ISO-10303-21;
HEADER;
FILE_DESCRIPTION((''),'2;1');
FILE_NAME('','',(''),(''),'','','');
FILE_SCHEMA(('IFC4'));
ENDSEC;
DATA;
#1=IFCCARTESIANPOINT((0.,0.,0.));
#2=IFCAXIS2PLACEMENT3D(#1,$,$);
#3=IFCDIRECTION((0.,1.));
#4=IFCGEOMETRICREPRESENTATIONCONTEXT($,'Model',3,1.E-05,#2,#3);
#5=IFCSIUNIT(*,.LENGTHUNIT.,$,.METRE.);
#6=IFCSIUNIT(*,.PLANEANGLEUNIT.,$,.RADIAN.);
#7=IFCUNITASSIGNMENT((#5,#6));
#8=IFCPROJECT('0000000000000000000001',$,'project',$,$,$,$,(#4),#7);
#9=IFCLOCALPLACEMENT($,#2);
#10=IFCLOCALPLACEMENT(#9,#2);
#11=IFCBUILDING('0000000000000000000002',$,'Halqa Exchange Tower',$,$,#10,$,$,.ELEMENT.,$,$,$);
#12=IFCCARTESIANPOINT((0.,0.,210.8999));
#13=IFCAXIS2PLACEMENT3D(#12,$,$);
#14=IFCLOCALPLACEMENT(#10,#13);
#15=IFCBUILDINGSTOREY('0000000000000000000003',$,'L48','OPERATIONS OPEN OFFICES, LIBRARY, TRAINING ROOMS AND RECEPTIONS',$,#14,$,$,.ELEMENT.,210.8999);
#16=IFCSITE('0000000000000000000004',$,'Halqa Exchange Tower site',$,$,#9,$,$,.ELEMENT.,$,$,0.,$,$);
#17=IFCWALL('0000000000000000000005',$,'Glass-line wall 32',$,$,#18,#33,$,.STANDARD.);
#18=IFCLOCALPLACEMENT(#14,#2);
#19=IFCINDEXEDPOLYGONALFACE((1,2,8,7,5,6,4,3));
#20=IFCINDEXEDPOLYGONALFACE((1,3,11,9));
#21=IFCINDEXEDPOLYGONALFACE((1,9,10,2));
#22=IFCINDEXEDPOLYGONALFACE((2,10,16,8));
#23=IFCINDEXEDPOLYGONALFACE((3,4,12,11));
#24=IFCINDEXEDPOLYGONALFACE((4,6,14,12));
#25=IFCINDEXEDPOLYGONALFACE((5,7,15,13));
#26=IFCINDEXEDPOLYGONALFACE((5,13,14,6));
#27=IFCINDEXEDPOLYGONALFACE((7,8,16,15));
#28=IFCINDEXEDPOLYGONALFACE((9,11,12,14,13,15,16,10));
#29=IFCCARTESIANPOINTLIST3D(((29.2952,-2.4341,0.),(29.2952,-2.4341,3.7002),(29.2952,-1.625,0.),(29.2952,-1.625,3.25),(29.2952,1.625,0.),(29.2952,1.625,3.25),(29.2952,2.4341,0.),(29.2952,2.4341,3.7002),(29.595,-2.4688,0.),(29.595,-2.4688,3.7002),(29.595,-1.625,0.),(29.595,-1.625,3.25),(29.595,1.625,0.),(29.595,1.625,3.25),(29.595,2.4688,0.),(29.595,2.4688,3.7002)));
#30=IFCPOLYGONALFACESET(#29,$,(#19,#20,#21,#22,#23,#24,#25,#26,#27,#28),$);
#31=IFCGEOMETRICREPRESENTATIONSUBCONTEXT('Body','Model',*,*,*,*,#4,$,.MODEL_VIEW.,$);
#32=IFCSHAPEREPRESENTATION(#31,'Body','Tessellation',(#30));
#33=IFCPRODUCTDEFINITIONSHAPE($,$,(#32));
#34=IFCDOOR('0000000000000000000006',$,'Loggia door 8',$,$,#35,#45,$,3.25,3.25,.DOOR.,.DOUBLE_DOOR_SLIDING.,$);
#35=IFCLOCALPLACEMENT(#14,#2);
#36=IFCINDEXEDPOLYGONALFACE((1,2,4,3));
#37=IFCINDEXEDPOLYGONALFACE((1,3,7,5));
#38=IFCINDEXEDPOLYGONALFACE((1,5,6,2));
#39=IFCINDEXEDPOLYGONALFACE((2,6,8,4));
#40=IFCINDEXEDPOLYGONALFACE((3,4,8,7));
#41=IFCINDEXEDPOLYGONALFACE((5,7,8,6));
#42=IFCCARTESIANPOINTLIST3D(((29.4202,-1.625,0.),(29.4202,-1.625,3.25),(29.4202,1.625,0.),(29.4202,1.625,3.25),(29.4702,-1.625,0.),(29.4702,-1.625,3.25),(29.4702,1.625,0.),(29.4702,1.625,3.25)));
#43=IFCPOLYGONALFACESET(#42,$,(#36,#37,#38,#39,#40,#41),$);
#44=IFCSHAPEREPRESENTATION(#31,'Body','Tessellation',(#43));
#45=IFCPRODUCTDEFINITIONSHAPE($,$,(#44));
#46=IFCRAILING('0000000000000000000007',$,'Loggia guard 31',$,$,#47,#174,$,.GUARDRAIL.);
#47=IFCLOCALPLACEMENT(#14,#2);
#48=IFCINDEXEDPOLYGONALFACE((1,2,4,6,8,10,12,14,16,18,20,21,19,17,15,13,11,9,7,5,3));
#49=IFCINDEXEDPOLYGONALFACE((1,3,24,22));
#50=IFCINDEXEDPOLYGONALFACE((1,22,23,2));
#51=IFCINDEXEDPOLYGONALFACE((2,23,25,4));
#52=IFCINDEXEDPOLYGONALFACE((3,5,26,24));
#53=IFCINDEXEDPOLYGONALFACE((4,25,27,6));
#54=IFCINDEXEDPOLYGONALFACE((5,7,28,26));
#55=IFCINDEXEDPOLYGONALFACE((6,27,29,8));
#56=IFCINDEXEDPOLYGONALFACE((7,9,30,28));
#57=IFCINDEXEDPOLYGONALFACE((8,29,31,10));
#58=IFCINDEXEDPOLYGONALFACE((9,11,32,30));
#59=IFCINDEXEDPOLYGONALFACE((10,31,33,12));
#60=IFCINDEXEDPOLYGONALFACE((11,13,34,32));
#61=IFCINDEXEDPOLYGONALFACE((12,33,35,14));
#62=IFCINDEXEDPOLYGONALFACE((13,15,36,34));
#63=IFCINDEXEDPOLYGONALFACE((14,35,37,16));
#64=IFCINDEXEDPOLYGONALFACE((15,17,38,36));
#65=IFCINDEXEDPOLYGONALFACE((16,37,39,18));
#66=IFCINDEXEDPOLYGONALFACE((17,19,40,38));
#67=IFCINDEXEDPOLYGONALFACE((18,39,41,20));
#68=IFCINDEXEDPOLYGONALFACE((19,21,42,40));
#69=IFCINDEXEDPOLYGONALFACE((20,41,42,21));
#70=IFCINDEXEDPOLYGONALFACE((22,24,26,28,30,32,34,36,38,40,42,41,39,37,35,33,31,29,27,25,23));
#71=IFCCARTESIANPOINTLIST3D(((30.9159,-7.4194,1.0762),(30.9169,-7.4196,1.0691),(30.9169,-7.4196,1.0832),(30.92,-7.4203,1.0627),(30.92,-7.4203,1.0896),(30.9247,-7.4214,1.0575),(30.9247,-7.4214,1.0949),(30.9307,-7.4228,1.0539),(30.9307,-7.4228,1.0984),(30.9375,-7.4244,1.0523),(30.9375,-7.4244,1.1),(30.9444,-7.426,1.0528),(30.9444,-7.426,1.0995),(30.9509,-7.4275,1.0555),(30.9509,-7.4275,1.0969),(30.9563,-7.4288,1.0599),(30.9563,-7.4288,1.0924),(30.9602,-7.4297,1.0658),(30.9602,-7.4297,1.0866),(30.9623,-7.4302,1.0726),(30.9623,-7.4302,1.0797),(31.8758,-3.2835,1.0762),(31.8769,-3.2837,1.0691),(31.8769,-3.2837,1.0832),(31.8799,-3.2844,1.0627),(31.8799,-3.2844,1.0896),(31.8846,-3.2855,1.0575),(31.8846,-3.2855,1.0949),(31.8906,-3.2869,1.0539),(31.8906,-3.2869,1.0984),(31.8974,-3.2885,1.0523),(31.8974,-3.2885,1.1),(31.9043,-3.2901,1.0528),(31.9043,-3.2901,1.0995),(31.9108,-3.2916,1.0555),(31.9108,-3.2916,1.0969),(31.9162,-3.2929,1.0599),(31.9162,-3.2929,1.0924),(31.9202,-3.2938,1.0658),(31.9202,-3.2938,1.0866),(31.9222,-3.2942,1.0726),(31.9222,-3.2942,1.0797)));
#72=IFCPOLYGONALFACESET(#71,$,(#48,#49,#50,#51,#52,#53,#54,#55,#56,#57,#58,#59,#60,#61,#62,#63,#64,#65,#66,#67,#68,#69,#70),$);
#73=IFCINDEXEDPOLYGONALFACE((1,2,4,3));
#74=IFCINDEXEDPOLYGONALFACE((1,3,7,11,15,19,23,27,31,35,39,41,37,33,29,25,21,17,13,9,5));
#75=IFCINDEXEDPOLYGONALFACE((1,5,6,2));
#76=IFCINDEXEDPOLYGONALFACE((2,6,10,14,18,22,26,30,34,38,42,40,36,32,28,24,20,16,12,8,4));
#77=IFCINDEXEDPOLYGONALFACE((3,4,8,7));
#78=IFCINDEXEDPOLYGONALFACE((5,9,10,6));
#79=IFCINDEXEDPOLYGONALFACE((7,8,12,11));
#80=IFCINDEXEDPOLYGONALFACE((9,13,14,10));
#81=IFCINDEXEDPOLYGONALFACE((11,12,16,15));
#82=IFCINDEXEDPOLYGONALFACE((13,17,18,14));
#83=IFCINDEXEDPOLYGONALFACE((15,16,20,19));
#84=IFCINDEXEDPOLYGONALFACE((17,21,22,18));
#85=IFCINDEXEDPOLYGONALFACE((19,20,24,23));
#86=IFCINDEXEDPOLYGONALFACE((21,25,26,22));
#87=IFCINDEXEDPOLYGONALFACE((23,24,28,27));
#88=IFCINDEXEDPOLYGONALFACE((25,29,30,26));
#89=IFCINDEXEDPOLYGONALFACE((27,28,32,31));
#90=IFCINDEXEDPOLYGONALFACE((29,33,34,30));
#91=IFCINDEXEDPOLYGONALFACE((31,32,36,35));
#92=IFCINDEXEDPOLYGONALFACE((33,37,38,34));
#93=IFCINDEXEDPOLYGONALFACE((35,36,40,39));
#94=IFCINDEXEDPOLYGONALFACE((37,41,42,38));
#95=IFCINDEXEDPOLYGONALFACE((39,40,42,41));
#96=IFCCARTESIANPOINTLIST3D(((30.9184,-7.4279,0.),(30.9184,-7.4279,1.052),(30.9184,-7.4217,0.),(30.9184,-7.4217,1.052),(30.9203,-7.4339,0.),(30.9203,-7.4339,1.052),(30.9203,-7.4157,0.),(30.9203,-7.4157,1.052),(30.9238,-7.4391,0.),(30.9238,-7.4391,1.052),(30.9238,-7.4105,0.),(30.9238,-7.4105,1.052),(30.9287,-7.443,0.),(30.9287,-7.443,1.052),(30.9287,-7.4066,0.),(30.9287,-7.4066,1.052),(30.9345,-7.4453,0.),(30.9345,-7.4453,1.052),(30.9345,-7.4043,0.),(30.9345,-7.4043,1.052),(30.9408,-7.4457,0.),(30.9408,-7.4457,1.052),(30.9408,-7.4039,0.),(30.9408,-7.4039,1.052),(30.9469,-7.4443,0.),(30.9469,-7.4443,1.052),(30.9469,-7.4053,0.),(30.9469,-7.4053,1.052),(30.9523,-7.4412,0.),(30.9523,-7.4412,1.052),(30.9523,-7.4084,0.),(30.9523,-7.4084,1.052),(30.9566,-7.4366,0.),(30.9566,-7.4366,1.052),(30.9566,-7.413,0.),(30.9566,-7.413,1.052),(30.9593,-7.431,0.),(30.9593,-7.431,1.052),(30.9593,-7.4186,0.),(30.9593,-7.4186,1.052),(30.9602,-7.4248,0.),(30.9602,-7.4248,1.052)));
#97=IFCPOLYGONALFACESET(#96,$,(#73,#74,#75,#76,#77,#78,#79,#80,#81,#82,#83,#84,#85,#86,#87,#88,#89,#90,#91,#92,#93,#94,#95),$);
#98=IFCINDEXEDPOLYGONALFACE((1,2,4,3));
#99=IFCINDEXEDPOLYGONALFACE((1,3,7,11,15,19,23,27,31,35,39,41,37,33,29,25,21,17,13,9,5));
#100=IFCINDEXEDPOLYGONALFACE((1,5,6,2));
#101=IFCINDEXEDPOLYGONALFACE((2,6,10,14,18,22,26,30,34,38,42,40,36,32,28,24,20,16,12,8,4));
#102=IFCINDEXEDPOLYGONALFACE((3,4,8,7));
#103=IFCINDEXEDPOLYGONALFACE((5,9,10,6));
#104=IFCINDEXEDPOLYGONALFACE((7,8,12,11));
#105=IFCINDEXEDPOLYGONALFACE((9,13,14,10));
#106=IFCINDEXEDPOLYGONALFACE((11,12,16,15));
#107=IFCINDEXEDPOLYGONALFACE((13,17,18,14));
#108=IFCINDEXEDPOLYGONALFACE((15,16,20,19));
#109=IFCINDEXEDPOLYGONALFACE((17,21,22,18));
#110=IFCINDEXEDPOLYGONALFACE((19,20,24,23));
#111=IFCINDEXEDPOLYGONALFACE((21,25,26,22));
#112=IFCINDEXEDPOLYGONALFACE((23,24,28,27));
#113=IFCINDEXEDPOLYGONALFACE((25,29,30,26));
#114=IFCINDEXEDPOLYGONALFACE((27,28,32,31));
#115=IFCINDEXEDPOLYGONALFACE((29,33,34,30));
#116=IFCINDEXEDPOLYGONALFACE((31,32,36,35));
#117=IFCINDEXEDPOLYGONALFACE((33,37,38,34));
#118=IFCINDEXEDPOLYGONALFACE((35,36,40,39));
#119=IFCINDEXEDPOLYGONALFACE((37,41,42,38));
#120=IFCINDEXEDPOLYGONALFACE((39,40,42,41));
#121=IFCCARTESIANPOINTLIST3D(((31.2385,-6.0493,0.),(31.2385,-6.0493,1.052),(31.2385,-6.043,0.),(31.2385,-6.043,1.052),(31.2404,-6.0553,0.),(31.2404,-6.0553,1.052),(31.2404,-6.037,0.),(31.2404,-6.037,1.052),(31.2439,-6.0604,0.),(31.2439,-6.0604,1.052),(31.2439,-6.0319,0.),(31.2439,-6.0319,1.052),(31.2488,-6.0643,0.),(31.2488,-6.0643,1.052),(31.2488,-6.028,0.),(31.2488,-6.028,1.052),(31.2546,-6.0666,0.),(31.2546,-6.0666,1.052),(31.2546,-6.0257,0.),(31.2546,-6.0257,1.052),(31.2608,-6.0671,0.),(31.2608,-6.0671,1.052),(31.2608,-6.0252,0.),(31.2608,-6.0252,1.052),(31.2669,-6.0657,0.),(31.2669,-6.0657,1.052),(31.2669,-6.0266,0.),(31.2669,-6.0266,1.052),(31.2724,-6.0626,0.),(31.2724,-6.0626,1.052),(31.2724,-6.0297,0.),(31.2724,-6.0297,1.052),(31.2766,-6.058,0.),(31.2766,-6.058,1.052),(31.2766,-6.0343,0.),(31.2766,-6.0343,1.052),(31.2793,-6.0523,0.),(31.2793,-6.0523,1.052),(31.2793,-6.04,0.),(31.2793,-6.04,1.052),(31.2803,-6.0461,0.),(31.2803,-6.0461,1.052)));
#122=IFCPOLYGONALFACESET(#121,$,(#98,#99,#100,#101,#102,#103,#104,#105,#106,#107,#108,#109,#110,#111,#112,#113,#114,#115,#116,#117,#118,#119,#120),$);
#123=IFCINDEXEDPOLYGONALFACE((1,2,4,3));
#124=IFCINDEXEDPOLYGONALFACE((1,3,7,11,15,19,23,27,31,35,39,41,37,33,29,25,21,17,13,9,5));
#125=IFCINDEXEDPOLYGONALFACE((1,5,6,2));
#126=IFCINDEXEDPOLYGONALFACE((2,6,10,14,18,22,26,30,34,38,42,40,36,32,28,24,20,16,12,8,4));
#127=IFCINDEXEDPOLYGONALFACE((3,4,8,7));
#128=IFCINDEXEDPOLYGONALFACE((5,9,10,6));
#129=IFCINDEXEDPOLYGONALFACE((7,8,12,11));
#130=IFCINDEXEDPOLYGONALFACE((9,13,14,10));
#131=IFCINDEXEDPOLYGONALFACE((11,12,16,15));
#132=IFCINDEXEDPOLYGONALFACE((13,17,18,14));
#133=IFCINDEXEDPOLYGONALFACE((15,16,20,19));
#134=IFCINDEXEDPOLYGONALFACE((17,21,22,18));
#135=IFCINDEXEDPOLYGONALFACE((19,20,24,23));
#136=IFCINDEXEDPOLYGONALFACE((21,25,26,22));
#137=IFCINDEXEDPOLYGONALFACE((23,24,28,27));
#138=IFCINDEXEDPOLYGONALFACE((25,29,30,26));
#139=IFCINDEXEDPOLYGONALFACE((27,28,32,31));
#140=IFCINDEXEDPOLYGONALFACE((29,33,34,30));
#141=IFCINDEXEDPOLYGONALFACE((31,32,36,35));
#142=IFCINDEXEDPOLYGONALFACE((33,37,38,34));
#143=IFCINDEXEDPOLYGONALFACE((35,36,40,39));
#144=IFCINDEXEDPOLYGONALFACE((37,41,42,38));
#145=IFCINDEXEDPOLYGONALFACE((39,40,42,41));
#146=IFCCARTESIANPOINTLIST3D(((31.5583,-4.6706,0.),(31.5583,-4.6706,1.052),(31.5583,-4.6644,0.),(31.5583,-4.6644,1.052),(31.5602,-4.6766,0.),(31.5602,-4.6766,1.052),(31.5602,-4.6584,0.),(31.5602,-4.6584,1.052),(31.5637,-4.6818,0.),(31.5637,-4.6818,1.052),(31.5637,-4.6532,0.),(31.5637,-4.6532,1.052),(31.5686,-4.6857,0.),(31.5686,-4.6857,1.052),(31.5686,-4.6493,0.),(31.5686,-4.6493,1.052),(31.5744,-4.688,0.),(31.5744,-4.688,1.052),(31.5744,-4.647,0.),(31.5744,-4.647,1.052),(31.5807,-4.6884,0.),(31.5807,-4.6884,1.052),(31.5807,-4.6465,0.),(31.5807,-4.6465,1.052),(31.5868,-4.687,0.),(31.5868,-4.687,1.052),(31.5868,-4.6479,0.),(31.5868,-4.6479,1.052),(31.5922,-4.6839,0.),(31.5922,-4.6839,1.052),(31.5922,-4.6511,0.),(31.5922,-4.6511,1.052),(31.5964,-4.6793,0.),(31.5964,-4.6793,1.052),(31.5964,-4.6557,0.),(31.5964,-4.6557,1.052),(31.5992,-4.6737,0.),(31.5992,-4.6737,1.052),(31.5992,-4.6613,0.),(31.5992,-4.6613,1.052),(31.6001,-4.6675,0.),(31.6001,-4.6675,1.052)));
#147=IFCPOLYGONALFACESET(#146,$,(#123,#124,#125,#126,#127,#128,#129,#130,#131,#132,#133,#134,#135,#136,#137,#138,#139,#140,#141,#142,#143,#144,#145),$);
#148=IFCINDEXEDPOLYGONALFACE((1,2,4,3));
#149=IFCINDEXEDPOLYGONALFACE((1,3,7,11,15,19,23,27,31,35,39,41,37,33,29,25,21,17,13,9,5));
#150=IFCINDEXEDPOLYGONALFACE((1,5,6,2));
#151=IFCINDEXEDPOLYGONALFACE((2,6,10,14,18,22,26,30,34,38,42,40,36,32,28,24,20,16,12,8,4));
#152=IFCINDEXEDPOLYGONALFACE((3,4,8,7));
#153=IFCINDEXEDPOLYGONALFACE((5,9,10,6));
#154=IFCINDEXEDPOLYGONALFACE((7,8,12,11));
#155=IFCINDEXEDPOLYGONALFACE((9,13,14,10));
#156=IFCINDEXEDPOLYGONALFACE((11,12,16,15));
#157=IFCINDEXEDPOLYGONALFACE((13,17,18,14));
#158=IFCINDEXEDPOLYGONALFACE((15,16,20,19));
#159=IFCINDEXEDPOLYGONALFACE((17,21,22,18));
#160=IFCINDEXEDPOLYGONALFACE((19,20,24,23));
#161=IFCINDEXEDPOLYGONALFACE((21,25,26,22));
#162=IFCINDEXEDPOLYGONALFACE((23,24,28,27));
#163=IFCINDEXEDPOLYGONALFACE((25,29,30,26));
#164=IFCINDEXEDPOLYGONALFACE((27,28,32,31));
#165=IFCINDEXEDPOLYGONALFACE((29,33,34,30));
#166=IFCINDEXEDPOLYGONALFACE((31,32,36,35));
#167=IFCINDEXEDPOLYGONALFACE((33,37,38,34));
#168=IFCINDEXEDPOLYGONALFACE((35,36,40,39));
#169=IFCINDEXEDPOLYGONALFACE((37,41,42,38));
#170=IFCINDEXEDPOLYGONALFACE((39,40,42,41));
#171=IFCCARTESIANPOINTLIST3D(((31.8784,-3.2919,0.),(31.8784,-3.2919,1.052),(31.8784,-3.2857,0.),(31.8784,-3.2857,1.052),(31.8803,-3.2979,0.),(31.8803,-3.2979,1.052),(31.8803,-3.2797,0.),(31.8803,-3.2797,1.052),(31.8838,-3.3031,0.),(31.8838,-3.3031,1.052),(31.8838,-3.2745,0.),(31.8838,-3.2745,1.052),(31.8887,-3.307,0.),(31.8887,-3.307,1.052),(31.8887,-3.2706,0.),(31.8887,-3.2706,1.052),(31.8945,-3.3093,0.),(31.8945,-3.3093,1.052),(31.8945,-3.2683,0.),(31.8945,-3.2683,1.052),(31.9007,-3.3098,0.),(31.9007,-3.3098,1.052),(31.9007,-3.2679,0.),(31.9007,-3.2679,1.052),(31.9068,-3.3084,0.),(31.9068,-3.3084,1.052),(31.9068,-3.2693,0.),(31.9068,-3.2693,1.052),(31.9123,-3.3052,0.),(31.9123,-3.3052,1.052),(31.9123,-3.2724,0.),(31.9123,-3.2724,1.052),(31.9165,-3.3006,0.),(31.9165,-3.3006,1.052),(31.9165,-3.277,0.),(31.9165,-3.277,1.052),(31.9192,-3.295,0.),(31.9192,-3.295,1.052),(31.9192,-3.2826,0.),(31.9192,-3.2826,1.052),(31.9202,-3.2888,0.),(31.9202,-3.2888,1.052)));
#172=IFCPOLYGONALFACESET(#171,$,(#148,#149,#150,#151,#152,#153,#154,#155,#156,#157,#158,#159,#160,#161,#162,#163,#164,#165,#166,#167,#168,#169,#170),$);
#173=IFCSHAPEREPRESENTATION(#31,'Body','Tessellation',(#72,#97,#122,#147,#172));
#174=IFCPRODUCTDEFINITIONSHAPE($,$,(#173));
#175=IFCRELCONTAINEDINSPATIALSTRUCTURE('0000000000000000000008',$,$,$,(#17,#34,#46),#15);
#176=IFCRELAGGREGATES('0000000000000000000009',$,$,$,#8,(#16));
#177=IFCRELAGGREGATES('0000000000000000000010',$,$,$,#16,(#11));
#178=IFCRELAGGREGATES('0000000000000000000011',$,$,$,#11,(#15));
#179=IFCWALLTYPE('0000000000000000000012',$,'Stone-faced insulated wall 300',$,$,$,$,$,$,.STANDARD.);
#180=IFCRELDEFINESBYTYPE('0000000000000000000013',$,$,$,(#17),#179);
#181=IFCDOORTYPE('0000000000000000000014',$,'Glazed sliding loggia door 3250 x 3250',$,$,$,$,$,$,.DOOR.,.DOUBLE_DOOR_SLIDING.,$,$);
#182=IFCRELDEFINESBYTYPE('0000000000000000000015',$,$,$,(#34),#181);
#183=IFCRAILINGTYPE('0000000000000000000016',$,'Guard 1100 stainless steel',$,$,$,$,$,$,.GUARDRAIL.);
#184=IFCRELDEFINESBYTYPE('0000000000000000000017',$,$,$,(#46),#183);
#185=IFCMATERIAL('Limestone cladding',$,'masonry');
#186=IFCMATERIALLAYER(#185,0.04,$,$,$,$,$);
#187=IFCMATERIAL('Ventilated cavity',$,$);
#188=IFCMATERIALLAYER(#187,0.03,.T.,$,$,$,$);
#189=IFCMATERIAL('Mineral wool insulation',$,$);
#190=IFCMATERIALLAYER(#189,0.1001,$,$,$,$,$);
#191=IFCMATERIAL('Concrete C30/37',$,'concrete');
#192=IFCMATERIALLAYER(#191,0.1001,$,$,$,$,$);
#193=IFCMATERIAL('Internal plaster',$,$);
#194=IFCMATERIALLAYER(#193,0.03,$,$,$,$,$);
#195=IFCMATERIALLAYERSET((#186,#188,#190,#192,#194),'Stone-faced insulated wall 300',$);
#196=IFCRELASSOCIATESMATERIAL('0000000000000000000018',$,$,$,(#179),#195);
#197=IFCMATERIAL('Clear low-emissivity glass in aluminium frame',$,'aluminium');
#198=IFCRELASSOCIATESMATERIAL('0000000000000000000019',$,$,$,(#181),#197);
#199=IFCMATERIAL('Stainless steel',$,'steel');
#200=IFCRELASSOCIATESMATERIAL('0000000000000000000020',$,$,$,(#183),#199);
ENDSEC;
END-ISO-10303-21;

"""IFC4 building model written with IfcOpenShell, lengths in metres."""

from ifc_helpers import new_model, si_unit, direction, frame, frame_2d, origin, origin_2d, place, context, subcontext, project, spatial, polyline, rectangle, circle, outline, extrude, material, layer, layer_set, type_object, element, fill, save


model = new_model("IFC4")

# Units and contexts
model_context = context("Model", 3, precision=1e-05, world=origin(), true_north=direction((0.0, 1.0)))
body_context = subcontext(model_context, "Body", "Model", "MODEL_VIEW")
ifc_project = project(units=[si_unit("LENGTHUNIT", "METRE"), si_unit("PLANEANGLEUNIT", "RADIAN")], contexts=[model_context])

# Site, building, storey
site_placement = place(None, origin())
site = spatial("IfcSite", under=ifc_project, at=site_placement, Name="Halqa Exchange Tower site", CompositionType="ELEMENT", RefElevation=0.0)
building_placement = place(site_placement, origin())
building = spatial("IfcBuilding", under=site, at=building_placement, Name="Halqa Exchange Tower", CompositionType="ELEMENT")
storey_placement = place(building_placement, frame((0.0, 0.0, 210.8999)))
storey = spatial("IfcBuildingStorey", under=building, at=storey_placement, Name="L48", Description="OPERATIONS OPEN OFFICES, LIBRARY, TRAINING ROOMS AND RECEPTIONS", CompositionType="ELEMENT", Elevation=210.8999)

# Shared definitions
ifc_material_1 = material(Name="Limestone cladding", Category="masonry")
ifc_layer_1 = layer(ifc_material_1, 0.04)
ifc_material_2 = material(Name="Ventilated cavity")
ifc_layer_2 = layer(ifc_material_2, 0.03, ventilated=True)
ifc_material_3 = material(Name="Mineral wool insulation")
ifc_layer_3 = layer(ifc_material_3, 0.1001)
ifc_material_4 = material(Name="Concrete C30/37", Category="concrete")
ifc_layer_4 = layer(ifc_material_4, 0.1001)
ifc_material_5 = material(Name="Internal plaster")
ifc_layer_5 = layer(ifc_material_5, 0.03)
ifc_layer_set_1 = layer_set([ifc_layer_1, ifc_layer_2, ifc_layer_3, ifc_layer_4, ifc_layer_5], Name="Stone-faced insulated wall 300")
wall_type_1 = type_object("IfcWallType", Name="Stone-faced insulated wall 300", PredefinedType="STANDARD", material=ifc_layer_set_1)
ifc_material_6 = material(Name="Clear low-emissivity glass in aluminium frame", Category="aluminium")

# Wall, opening, door
wall_1_placement = place(storey_placement, frame((29.4451, -2.4514, 0.0), z_axis=(0.0, 0.0, 1.0), x_axis=(0.0, 1.0, 0.0)))
wall_1 = element("IfcWall", 1, at=wall_1_placement, inside=storey, type_object=wall_type_1, Name="Glass-line wall 32", PredefinedType="STANDARD", context=body_context, shape_type="SweptSolid", body=[
    extrude(outline(polyline([(-0.0173, -0.1499), (4.9202, -0.1499), (4.8855, 0.1499), (0.0173, 0.1499), (-0.0173, -0.1499)])), origin(), (0.0, 0.0, 1.0), 3.7002),
])
opening_1_placement = place(wall_1_placement, frame((0.8264, 0.0, 0.0)))
opening_1 = element("IfcOpeningElement", 2, at=opening_1_placement, cuts=wall_1, PredefinedType="OPENING", context=body_context, shape_type="SweptSolid", body=[
    extrude(rectangle(XDim=3.25, YDim=3.25, at=frame_2d((1.625, 1.625))), frame((0.0, 0.1621, 0.0), z_axis=(0.0, -1.0, 0.0), x_axis=(1.0, 0.0, 0.0)), (0.0, 0.0, 1.0), 0.324),
])
door_type_1 = type_object("IfcDoorType", Name="Glazed sliding loggia door 3250 x 3250", OperationType="DOUBLE_DOOR_SLIDING", PredefinedType="DOOR", material=ifc_material_6)
door_1_placement = place(opening_1_placement, origin())
door_1 = element("IfcDoor", 3, at=door_1_placement, inside=storey, type_object=door_type_1, Name="Loggia door 8", OperationType="DOUBLE_DOOR_SLIDING", OverallHeight=3.25, OverallWidth=3.25, PredefinedType="DOOR", context=body_context, shape_type="SweptSolid", body=[
    extrude(rectangle(XDim=3.25, YDim=3.25, at=frame_2d((1.625, 1.625))), frame((0.0, 0.0249, 0.0), z_axis=(0.0, -1.0, 0.0), x_axis=(1.0, 0.0, 0.0)), (0.0, 0.0, 1.0), 0.05),
])
fill(opening_1, door_1)

# Railing
ifc_material_7 = material(Name="Stainless steel", Category="steel")
railing_type = type_object("IfcRailingType", Name="Guard 1100 stainless steel", PredefinedType="GUARDRAIL", material=ifc_material_7)
railing_1_placement = place(storey_placement, frame((30.9392, -7.4248, 0.0)))
element("IfcRailing", 4, at=railing_1_placement, inside=storey, type_object=railing_type, Name="Loggia guard 31", PredefinedType="GUARDRAIL", context=body_context, shape_type="SweptSolid", body=[
    extrude(circle(Radius=0.0239, at=origin_2d()), frame((0.0, 0.0, 1.0762), z_axis=(0.22609, 0.974106, 0.0), x_axis=(-0.974106, 0.22609, 0.0)), (0.0, 0.0, 1.0), 4.2458),
    extrude(circle(Radius=0.021, at=origin_2d()), origin(), (0.0, 0.0, 1.0), 1.052),
    extrude(circle(Radius=0.021, at=origin_2d()), frame((0.3201, 1.3787, 0.0)), (0.0, 0.0, 1.0), 1.052),
    extrude(circle(Radius=0.021, at=origin_2d()), frame((0.6399, 2.7573, 0.0)), (0.0, 0.0, 1.0), 1.052),
    extrude(circle(Radius=0.021, at=origin_2d()), frame((0.96, 4.136, 0.0)), (0.0, 0.0, 1.0), 1.052),
])

save(model, "model.ifc")
